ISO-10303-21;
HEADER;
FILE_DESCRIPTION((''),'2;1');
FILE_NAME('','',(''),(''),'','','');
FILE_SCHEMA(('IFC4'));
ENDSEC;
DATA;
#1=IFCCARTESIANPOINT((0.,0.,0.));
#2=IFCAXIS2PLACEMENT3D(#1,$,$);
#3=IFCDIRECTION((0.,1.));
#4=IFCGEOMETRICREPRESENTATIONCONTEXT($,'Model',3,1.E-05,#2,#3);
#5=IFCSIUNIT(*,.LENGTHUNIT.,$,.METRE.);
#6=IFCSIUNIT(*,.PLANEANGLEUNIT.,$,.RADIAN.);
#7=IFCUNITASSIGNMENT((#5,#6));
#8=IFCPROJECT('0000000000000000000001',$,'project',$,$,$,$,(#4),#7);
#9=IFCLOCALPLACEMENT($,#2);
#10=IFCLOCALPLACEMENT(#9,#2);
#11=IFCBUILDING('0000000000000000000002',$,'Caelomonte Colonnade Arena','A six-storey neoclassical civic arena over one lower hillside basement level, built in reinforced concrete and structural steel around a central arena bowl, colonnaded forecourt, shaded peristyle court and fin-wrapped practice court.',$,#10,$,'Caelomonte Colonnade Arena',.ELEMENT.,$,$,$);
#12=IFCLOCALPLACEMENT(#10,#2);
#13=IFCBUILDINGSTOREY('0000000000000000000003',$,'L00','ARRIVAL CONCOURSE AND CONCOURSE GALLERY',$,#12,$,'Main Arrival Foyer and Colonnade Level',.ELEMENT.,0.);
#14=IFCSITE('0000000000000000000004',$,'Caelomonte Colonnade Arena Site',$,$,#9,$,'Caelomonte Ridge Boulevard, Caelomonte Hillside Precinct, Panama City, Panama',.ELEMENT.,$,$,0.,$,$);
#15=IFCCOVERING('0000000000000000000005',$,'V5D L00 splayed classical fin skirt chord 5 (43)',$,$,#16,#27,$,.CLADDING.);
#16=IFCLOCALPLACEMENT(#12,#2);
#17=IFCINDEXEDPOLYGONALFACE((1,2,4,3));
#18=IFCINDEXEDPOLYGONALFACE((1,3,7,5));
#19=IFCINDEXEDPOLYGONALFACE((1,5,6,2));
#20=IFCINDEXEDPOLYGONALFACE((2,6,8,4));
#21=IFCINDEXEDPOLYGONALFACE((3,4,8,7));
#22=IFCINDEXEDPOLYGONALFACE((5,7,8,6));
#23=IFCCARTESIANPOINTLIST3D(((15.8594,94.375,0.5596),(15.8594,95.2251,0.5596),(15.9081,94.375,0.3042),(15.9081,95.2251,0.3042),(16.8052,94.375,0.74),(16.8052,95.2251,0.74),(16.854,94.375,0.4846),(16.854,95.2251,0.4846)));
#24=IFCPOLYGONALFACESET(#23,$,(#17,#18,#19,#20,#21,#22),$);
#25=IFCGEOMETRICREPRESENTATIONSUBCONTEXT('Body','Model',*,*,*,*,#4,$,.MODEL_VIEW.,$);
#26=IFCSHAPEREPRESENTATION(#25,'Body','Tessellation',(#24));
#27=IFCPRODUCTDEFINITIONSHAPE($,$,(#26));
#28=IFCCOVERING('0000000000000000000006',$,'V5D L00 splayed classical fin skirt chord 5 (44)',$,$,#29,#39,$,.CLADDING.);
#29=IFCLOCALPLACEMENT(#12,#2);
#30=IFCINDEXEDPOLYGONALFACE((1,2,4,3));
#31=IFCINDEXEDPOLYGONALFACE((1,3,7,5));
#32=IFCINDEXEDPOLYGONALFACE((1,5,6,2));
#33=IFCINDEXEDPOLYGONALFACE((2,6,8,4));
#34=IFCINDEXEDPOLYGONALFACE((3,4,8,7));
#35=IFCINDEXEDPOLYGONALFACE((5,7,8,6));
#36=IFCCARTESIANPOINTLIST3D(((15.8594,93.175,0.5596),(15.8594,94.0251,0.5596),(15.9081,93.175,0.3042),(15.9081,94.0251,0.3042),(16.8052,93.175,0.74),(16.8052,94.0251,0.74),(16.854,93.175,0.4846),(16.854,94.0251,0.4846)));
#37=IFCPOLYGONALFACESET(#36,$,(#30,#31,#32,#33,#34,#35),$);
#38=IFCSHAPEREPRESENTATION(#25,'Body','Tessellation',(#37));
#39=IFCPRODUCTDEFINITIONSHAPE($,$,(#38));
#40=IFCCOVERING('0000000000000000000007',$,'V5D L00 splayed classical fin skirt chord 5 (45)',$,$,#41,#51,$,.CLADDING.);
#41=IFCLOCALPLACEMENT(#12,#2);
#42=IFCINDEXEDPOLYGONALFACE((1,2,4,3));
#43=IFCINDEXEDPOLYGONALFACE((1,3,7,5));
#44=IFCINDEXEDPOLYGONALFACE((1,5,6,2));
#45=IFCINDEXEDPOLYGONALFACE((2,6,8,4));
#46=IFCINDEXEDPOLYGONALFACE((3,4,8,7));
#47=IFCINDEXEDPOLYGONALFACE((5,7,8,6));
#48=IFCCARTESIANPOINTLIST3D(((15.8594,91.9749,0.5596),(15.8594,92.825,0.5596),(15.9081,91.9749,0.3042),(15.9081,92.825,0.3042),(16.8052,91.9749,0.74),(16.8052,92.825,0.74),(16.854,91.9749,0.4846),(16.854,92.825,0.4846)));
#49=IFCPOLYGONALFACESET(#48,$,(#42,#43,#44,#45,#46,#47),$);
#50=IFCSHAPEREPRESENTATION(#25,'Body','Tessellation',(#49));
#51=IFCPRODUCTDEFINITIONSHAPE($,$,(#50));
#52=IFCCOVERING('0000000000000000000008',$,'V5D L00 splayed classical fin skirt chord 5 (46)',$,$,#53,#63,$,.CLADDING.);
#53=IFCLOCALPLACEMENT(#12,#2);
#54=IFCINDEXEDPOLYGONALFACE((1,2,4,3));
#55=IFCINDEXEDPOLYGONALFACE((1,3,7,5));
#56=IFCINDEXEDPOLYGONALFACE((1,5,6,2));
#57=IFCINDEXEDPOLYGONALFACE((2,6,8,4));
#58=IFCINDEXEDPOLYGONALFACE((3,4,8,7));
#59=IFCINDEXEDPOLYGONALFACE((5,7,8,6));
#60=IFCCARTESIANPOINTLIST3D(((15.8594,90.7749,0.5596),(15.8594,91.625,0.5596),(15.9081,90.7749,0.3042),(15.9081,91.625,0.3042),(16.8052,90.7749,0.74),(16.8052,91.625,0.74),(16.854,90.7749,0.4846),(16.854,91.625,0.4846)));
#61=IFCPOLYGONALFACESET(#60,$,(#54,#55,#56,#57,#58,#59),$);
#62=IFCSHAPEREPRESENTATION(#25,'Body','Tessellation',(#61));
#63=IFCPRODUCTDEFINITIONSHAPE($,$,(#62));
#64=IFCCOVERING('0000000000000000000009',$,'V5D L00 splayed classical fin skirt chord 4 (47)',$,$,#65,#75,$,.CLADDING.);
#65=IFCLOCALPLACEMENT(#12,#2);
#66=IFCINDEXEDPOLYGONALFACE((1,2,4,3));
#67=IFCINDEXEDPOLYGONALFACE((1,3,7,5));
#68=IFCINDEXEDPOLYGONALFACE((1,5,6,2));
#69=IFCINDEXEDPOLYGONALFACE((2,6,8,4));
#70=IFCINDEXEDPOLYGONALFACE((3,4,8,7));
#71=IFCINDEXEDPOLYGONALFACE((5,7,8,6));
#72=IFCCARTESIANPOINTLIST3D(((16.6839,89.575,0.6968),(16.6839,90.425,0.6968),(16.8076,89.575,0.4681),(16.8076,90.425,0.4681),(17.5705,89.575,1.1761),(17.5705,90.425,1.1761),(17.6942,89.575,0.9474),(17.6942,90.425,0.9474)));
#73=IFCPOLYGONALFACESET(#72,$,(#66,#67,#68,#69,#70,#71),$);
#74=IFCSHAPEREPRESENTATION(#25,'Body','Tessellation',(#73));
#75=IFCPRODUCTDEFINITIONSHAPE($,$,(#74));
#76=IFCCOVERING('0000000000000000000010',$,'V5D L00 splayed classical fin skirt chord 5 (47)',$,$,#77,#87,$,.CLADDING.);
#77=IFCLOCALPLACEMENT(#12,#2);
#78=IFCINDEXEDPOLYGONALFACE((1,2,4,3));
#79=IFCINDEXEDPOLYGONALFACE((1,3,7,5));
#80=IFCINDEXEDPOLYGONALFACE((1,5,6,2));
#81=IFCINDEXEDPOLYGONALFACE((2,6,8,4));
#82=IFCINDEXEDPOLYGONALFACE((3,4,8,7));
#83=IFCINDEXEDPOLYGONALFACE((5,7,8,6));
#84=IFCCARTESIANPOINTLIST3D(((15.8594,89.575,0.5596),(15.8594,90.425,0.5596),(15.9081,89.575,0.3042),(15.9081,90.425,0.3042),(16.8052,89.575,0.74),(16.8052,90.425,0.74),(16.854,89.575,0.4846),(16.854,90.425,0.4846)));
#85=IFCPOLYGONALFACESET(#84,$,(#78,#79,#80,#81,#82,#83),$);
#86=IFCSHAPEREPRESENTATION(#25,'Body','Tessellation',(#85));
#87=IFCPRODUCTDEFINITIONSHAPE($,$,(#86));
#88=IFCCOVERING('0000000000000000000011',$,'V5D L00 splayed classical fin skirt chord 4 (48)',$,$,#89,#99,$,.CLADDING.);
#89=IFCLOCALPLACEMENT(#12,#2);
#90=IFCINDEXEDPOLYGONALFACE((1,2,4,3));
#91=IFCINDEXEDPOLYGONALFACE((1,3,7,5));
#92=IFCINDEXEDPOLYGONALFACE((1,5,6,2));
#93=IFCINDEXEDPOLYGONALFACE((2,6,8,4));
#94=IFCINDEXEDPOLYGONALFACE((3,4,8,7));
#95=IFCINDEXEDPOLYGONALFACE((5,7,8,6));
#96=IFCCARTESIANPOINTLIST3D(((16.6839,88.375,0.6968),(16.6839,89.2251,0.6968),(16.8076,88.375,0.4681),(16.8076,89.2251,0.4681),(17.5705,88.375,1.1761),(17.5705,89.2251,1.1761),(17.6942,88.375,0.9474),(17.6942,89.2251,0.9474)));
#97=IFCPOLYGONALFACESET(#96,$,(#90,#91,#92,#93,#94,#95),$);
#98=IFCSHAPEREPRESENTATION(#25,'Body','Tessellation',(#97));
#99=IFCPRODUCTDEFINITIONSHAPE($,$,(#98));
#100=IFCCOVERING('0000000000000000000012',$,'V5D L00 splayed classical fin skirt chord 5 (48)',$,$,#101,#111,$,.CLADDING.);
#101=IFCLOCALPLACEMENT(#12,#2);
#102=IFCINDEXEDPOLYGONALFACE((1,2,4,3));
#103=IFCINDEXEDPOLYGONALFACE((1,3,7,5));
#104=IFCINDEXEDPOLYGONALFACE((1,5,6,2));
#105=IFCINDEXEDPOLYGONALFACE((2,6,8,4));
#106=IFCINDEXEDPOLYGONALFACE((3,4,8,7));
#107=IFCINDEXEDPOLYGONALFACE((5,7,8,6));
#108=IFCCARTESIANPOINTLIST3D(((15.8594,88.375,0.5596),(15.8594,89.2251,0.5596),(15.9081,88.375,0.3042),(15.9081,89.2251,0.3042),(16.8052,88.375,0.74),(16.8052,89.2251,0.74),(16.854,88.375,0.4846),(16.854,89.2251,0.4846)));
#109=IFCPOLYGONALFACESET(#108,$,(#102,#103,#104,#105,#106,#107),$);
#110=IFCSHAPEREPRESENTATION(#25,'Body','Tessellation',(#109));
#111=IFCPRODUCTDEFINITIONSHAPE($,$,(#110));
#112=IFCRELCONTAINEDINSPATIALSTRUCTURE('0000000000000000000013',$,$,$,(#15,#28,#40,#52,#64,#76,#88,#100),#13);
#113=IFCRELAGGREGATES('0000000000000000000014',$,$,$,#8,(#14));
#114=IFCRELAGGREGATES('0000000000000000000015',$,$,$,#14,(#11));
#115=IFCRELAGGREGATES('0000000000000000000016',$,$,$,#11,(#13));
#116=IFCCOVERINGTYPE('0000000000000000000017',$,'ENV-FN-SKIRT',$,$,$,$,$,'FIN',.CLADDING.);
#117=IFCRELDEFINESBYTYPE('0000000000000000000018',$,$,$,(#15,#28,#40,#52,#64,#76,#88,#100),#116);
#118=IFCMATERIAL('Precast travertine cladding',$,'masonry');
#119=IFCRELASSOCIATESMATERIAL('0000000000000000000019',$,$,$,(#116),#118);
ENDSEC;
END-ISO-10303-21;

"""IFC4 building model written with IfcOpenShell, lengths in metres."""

from ifc_helpers import new_model, si_unit, direction, frame, origin, origin_2d, place, context, subcontext, project, spatial, rectangle, extrude, material, material_profile, profile_set, type_object, element, save


model = new_model("IFC4")

# Units and contexts
model_context = context("Model", 3, precision=1e-05, world=origin(), true_north=direction((0.0, 1.0)))
body_context = subcontext(model_context, "Body", "Model", "MODEL_VIEW")
ifc_project = project(units=[si_unit("LENGTHUNIT", "METRE"), si_unit("PLANEANGLEUNIT", "RADIAN")], contexts=[model_context])

# Site, building, storey
site_placement = place(None, origin())
site = spatial("IfcSite", under=ifc_project, at=site_placement, Name="Caelomonte Colonnade Arena Site", LongName="Caelomonte Ridge Boulevard, Caelomonte Hillside Precinct, Panama City, Panama", CompositionType="ELEMENT", RefElevation=0.0)
building_placement = place(site_placement, origin())
building = spatial("IfcBuilding", under=site, at=building_placement, Name="Caelomonte Colonnade Arena", Description="A six-storey neoclassical civic arena over one lower hillside basement level, built in reinforced concrete and structural steel around a central arena bowl, colonnaded forecourt, shaded peristyle court and fin-wrapped practice court.", LongName="Caelomonte Colonnade Arena", CompositionType="ELEMENT")
storey_placement = place(building_placement, origin())
storey = spatial("IfcBuildingStorey", under=building, at=storey_placement, Name="L00", Description="ARRIVAL CONCOURSE AND CONCOURSE GALLERY", LongName="Main Arrival Foyer and Colonnade Level", CompositionType="ELEMENT", Elevation=0.0)

# Coverings
ifc_material = material(Name="Precast travertine cladding", Category="masonry")
ifc_material_profile = material_profile(ifc_material, rectangle(XDim=0.26, YDim=0.8501, at=origin_2d()), Name="FIN260X850")
ifc_profile_set = profile_set([ifc_material_profile], Name="Precast travertine cladding")
covering_type = type_object("IfcCoveringType", Name="ENV-FN-SKIRT", ElementType="FIN", PredefinedType="CLADDING", material=ifc_profile_set)
for number, where, z_axis, x_axis, name in (
    (1, (16.8296, 94.8, 0.6123), (-0.982287, 0.0, -0.18738), (-0.18738, 0.0, 0.982287), "V5D L00 splayed classical fin skirt chord 5 (43)"),
    (2, (16.8296, 93.6001, 0.6123), (-0.982287, 0.0, -0.18738), (-0.18738, 0.0, 0.982287), "V5D L00 splayed classical fin skirt chord 5 (44)"),
    (3, (16.8296, 92.3999, 0.6123), (-0.982287, 0.0, -0.18738), (-0.18738, 0.0, 0.982287), "V5D L00 splayed classical fin skirt chord 5 (45)"),
    (4, (16.8296, 91.2, 0.6123), (-0.982287, 0.0, -0.18738), (-0.18738, 0.0, 0.982287), "V5D L00 splayed classical fin skirt chord 5 (46)"),
):
    element("IfcCovering", number, at=place(storey_placement, frame(where, z_axis=z_axis, x_axis=x_axis)), inside=storey, type_object=covering_type, Name=name, PredefinedType="CLADDING", context=body_context, shape_type="SweptSolid", body=[
        extrude(rectangle(XDim=0.26, YDim=0.8501, at=origin_2d()), origin(), (0.0, 0.0, 1.0), 0.9629),
    ])
covering_1_placement = place(storey_placement, frame((17.6323, 90.0, 1.0618), z_axis=(-0.879676, 0.0, -0.475573), x_axis=(-0.475573, 0.0, 0.879676)))
element("IfcCovering", 5, at=covering_1_placement, inside=storey, type_object=covering_type, Name="V5D L00 splayed classical fin skirt chord 4 (47)", PredefinedType="CLADDING", context=body_context, shape_type="SweptSolid", body=[
    extrude(rectangle(XDim=0.26, YDim=0.8501, at=origin_2d()), origin(), (0.0, 0.0, 1.0), 1.0078),
])
covering_2_placement = place(storey_placement, frame((16.8296, 90.0, 0.6123), z_axis=(-0.982287, 0.0, -0.18738), x_axis=(-0.18738, 0.0, 0.982287)))
element("IfcCovering", 6, at=covering_2_placement, inside=storey, type_object=covering_type, Name="V5D L00 splayed classical fin skirt chord 5 (47)", PredefinedType="CLADDING", context=body_context, shape_type="SweptSolid", body=[
    extrude(rectangle(XDim=0.26, YDim=0.8501, at=origin_2d()), origin(), (0.0, 0.0, 1.0), 0.9629),
])
covering_3_placement = place(storey_placement, frame((17.6323, 88.8, 1.0618), z_axis=(-0.879676, 0.0, -0.475573), x_axis=(-0.475573, 0.0, 0.879676)))
element("IfcCovering", 7, at=covering_3_placement, inside=storey, type_object=covering_type, Name="V5D L00 splayed classical fin skirt chord 4 (48)", PredefinedType="CLADDING", context=body_context, shape_type="SweptSolid", body=[
    extrude(rectangle(XDim=0.26, YDim=0.8501, at=origin_2d()), origin(), (0.0, 0.0, 1.0), 1.0078),
])
covering_4_placement = place(storey_placement, frame((16.8296, 88.8, 0.6123), z_axis=(-0.982287, 0.0, -0.18738), x_axis=(-0.18738, 0.0, 0.982287)))
element("IfcCovering", 8, at=covering_4_placement, inside=storey, type_object=covering_type, Name="V5D L00 splayed classical fin skirt chord 5 (48)", PredefinedType="CLADDING", context=body_context, shape_type="SweptSolid", body=[
    extrude(rectangle(XDim=0.26, YDim=0.8501, at=origin_2d()), origin(), (0.0, 0.0, 1.0), 0.9629),
])

save(model, "model.ifc")
